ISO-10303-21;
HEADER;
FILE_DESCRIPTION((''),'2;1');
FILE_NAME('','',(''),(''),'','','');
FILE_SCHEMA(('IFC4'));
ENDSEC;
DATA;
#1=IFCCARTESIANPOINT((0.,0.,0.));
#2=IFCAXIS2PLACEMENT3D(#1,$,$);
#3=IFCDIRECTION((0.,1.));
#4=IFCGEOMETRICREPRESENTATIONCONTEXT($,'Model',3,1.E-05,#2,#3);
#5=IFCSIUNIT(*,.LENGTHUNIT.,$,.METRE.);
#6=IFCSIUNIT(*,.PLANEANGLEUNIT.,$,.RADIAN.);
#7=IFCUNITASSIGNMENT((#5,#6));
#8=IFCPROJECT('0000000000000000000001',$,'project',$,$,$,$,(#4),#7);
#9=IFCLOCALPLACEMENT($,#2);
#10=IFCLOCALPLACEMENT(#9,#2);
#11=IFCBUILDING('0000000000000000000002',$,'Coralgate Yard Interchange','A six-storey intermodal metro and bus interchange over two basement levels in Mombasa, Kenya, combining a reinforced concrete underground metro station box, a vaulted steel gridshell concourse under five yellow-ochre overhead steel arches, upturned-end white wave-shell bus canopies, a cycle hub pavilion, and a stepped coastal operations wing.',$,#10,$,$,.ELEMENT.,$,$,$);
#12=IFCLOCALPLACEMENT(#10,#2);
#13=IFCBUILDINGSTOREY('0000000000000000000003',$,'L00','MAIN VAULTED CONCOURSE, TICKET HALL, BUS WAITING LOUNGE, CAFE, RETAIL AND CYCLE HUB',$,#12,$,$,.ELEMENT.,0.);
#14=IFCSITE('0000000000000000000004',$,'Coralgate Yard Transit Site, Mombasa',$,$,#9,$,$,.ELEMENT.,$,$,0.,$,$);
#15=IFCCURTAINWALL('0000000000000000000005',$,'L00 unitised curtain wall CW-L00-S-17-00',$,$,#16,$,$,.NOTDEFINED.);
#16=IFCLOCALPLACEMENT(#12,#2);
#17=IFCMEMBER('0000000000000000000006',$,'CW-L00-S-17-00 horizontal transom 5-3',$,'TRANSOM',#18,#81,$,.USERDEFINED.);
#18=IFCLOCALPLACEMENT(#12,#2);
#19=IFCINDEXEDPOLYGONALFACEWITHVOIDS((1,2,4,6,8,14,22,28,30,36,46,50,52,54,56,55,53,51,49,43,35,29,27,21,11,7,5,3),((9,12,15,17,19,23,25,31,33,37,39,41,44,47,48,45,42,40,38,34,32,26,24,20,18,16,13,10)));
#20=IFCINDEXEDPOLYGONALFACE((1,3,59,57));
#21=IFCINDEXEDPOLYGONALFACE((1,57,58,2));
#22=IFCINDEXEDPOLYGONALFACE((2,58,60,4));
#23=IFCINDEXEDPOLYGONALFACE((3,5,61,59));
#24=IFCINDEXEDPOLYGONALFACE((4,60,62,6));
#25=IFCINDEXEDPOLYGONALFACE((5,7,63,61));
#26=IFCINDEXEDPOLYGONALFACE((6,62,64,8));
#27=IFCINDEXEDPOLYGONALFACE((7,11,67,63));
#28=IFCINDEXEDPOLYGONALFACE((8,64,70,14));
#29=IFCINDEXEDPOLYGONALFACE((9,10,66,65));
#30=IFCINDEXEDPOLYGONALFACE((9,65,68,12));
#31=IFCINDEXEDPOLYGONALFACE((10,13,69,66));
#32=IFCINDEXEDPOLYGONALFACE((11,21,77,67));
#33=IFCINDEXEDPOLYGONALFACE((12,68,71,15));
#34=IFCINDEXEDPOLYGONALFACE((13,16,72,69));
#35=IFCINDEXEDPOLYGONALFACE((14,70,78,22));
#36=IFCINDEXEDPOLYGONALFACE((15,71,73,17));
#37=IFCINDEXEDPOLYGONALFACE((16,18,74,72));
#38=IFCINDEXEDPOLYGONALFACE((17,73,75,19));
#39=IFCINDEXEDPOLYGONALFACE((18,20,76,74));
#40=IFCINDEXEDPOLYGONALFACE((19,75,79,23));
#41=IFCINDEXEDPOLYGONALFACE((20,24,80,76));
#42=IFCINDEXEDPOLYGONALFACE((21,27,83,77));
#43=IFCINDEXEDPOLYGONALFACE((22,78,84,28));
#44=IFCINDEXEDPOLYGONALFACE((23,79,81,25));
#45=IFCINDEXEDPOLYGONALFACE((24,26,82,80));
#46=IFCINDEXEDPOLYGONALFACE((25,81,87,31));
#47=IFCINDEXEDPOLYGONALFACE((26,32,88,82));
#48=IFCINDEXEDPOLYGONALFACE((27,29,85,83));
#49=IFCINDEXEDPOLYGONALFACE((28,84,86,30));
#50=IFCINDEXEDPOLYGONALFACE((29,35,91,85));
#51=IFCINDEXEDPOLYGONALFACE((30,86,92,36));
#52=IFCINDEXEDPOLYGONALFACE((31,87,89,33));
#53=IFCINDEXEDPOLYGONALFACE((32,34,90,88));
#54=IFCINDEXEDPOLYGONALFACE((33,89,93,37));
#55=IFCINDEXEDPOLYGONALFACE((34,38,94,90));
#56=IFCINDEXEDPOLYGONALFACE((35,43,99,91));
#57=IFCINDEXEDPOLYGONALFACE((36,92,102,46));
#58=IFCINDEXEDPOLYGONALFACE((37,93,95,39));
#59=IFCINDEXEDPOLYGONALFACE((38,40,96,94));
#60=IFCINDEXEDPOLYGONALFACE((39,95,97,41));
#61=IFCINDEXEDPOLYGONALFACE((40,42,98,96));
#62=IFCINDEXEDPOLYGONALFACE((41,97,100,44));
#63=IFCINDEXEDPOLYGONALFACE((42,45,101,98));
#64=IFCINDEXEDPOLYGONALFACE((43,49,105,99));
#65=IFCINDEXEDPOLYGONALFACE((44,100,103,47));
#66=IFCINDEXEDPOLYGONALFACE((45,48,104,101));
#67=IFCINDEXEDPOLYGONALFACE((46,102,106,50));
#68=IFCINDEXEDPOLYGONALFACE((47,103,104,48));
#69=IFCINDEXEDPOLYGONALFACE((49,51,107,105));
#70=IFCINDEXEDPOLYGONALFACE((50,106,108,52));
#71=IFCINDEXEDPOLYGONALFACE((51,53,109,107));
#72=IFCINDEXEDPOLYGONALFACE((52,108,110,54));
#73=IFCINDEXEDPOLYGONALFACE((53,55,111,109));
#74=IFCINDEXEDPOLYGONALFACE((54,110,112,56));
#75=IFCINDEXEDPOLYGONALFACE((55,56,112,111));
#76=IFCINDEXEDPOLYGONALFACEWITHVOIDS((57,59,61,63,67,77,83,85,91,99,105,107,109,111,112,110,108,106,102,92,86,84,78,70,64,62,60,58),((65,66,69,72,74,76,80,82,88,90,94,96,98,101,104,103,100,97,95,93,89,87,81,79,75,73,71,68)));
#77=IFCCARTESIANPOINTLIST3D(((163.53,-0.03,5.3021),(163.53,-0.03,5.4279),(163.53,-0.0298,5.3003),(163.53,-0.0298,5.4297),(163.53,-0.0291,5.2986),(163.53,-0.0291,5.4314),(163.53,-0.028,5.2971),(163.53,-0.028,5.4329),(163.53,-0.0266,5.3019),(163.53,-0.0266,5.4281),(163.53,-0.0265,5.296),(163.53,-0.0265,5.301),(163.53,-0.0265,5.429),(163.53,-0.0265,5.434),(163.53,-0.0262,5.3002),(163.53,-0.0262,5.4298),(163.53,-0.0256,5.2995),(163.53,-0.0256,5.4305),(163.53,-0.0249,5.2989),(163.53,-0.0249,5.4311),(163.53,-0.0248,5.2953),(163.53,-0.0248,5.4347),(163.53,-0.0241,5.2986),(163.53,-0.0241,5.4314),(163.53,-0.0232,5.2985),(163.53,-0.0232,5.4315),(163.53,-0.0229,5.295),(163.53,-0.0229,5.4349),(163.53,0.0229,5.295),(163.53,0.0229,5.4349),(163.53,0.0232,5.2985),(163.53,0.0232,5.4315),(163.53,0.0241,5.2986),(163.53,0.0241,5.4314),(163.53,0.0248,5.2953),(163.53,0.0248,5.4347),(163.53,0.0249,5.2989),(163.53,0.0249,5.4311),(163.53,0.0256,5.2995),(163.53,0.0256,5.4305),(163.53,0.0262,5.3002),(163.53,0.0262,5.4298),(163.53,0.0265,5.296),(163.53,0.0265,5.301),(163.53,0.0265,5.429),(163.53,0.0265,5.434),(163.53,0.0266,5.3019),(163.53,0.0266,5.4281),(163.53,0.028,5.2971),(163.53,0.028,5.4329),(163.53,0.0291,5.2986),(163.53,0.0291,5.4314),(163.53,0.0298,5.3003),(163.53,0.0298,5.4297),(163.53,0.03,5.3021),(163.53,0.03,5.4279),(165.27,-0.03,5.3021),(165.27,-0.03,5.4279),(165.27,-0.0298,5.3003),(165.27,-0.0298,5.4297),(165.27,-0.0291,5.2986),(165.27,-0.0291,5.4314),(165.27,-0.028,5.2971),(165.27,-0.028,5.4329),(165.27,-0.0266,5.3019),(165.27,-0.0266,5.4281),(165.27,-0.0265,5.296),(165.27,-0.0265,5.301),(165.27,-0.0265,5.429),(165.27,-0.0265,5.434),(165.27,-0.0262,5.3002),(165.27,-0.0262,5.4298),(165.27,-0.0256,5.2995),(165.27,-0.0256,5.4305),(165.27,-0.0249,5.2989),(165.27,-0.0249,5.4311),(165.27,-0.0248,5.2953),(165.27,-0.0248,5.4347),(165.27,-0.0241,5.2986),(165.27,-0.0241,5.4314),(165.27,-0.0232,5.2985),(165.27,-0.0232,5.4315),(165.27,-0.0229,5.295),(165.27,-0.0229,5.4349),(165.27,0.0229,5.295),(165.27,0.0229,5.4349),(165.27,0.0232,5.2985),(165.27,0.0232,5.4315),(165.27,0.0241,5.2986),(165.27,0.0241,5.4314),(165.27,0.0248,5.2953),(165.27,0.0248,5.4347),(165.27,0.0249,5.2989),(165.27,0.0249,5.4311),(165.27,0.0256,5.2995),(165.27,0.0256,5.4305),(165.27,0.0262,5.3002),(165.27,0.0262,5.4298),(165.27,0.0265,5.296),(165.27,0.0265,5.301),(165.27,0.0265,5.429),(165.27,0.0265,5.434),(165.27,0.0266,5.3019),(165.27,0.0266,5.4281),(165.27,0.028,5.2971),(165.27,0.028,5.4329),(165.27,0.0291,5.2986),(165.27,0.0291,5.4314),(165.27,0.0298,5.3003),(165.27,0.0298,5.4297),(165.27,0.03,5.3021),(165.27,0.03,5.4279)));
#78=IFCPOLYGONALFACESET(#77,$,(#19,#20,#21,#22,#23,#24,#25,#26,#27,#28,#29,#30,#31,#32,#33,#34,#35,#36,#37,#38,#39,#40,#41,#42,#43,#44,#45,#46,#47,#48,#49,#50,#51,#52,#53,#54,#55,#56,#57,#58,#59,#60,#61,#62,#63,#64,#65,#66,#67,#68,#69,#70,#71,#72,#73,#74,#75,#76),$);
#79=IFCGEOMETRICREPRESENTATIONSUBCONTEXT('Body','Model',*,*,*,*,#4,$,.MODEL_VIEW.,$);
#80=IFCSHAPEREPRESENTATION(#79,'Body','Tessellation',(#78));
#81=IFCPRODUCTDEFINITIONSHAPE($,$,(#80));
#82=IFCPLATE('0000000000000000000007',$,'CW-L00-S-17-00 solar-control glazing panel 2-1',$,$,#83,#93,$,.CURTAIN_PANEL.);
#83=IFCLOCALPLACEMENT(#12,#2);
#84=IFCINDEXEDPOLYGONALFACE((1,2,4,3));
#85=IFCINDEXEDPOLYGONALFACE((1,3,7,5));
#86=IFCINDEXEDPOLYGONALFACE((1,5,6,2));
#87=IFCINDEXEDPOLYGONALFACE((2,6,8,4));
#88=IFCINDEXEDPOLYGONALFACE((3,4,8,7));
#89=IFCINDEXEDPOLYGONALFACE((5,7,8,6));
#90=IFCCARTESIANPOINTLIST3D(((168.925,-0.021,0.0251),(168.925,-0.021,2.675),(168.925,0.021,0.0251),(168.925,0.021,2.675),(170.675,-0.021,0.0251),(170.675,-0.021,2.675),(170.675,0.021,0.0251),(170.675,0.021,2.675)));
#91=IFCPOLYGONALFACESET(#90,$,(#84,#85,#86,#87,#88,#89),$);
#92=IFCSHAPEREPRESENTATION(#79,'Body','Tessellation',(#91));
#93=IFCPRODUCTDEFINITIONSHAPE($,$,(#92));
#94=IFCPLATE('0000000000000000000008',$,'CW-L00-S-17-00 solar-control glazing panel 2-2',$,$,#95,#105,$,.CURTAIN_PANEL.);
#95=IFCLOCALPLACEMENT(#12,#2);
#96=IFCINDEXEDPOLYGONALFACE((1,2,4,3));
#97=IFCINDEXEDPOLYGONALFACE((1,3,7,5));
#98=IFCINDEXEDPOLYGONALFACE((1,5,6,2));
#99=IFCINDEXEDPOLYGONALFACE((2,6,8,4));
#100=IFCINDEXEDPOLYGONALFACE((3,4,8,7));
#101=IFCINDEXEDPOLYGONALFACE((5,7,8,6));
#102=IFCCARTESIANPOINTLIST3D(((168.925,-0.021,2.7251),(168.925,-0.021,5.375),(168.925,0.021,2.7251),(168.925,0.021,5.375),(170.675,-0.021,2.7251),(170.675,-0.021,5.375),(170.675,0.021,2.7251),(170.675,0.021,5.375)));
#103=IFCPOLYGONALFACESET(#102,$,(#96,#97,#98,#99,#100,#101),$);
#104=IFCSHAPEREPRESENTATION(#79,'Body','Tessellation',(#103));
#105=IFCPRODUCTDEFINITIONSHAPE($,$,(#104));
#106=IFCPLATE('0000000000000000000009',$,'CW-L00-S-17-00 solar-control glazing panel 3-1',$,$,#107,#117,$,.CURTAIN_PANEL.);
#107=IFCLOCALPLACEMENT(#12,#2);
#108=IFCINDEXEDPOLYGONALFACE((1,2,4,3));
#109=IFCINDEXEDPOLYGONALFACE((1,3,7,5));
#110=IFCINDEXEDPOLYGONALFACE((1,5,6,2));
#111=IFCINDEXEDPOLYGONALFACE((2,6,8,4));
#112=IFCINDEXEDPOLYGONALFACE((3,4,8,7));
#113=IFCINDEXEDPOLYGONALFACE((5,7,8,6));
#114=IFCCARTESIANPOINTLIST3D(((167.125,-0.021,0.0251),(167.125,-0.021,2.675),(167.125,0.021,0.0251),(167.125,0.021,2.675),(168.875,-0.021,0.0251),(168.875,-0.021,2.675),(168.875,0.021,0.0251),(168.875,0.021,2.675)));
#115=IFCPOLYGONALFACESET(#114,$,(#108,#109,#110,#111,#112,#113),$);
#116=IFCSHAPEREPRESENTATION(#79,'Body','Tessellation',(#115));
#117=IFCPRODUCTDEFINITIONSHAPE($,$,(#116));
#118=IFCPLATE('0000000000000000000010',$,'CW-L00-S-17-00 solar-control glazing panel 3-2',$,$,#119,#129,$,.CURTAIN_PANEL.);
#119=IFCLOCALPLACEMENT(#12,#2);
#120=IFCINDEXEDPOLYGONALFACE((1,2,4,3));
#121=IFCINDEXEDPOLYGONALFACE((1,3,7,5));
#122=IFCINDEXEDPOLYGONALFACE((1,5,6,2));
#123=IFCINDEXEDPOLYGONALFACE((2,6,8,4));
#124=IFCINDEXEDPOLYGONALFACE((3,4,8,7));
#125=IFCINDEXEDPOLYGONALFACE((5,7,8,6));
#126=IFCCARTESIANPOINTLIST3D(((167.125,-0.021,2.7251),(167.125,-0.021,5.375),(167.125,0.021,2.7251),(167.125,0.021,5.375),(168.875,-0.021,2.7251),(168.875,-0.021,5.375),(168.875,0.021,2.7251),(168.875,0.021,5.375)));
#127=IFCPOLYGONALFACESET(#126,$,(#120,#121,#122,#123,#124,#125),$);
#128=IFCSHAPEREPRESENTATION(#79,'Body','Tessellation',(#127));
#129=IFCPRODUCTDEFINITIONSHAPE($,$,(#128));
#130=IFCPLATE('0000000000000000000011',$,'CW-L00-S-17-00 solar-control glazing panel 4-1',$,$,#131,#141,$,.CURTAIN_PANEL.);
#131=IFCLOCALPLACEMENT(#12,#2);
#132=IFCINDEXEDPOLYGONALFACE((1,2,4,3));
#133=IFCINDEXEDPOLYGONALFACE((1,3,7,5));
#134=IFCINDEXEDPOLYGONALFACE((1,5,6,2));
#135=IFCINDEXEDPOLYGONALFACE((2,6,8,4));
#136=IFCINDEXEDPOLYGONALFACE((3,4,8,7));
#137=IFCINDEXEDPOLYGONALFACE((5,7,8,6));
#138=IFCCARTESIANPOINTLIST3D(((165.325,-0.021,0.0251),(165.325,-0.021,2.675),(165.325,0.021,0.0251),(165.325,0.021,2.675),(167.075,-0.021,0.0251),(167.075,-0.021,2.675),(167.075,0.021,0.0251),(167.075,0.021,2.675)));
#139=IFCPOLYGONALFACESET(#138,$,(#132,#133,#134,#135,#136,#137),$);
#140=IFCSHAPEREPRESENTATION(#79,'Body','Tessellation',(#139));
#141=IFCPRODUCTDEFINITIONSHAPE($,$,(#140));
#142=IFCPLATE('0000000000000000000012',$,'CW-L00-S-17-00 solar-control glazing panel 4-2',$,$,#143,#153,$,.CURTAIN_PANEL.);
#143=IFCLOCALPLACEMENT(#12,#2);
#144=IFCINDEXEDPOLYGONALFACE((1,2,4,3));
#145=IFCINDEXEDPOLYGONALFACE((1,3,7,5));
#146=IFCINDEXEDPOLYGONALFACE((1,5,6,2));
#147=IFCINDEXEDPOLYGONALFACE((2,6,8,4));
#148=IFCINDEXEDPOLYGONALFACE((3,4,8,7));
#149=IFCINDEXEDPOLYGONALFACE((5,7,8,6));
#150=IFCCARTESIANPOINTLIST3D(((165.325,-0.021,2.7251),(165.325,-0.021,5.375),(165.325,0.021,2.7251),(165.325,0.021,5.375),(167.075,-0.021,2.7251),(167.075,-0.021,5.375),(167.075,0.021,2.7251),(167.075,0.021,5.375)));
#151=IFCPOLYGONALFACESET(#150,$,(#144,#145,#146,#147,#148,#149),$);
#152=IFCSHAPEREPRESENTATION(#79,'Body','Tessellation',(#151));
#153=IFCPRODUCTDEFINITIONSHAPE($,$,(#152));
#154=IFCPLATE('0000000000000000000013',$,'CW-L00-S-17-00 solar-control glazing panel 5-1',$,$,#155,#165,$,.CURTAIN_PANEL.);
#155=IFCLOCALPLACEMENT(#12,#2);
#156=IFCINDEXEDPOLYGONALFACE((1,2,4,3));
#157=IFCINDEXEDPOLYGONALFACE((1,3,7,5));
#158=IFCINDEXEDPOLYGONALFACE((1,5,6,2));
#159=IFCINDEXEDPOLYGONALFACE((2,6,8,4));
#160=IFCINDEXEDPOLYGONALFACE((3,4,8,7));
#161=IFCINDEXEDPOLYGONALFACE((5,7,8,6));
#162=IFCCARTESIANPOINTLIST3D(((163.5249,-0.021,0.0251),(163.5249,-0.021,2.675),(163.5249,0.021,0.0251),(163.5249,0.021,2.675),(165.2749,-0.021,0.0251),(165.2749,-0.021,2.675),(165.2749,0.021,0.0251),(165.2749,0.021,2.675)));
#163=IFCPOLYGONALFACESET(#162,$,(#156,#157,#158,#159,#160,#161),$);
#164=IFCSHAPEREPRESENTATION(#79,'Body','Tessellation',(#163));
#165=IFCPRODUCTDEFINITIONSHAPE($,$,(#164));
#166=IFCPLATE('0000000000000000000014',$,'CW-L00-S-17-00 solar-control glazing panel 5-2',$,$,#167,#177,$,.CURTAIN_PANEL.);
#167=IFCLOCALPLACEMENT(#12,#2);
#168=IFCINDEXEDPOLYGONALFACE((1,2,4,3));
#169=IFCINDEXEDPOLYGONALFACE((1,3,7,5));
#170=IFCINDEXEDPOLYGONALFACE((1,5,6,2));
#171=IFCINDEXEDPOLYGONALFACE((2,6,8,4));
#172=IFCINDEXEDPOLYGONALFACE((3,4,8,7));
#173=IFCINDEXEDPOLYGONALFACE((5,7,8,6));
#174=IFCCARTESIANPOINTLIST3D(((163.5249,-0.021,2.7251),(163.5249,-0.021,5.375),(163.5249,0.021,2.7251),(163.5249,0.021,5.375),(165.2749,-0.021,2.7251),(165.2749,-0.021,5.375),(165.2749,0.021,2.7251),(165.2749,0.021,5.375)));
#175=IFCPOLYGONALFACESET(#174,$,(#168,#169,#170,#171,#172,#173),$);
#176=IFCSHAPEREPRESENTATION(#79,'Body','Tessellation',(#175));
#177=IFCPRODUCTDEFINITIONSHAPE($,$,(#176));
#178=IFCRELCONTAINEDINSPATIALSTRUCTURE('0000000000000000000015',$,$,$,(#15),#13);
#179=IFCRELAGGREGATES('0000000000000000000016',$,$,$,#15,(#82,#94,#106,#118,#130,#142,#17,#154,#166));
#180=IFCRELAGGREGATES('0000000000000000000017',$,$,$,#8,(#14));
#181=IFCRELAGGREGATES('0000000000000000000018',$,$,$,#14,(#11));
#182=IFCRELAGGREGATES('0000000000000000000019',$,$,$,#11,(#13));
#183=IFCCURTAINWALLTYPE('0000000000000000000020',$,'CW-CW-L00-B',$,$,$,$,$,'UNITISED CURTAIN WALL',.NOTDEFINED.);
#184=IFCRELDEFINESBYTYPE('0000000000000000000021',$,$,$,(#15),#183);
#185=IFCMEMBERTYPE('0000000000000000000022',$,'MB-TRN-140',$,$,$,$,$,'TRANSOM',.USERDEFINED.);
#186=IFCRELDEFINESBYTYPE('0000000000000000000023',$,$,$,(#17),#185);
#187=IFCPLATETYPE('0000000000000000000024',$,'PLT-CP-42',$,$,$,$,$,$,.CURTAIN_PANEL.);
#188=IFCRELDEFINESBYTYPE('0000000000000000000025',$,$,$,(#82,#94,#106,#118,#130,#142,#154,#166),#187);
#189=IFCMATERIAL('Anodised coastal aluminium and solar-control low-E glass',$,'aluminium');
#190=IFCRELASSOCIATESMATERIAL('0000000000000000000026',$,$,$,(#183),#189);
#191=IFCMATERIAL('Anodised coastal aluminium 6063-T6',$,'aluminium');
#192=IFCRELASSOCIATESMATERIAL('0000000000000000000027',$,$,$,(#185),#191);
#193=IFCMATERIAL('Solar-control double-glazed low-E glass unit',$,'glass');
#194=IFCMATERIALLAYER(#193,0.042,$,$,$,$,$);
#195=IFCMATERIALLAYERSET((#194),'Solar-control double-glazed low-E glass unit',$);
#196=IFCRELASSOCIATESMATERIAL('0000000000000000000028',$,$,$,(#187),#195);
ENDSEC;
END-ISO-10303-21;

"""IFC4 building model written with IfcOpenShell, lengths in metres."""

from ifc_helpers import new_model, si_unit, direction, frame, origin, origin_2d, place, context, subcontext, project, spatial, rectangle, hollow_rectangle, extrude, material, layer, layer_set, material_profile, profile_set, type_object, element, aggregate, save


model = new_model("IFC4")

# Units and contexts
model_context = context("Model", 3, precision=1e-05, world=origin(), true_north=direction((0.0, 1.0)))
body_context = subcontext(model_context, "Body", "Model", "MODEL_VIEW")
ifc_project = project(units=[si_unit("LENGTHUNIT", "METRE"), si_unit("PLANEANGLEUNIT", "RADIAN")], contexts=[model_context])

# Site, building, storey
site_placement = place(None, origin())
site = spatial("IfcSite", under=ifc_project, at=site_placement, Name="Coralgate Yard Transit Site, Mombasa", CompositionType="ELEMENT", RefElevation=0.0)
building_placement = place(site_placement, origin())
building = spatial("IfcBuilding", under=site, at=building_placement, Name="Coralgate Yard Interchange", Description="A six-storey intermodal metro and bus interchange over two basement levels in Mombasa, Kenya, combining a reinforced concrete underground metro station box, a vaulted steel gridshell concourse under five yellow-ochre overhead steel arches, upturned-end white wave-shell bus canopies, a cycle hub pavilion, and a stepped coastal operations wing.", CompositionType="ELEMENT")
storey_placement = place(building_placement, origin())
storey = spatial("IfcBuildingStorey", under=building, at=storey_placement, Name="L00", Description="MAIN VAULTED CONCOURSE, TICKET HALL, BUS WAITING LOUNGE, CAFE, RETAIL AND CYCLE HUB", CompositionType="ELEMENT", Elevation=0.0)

# Curtain wall, member, plates
ifc_material_1 = material(Name="Anodised coastal aluminium and solar-control low-E glass", Category="aluminium")
curtain_wall_type = type_object("IfcCurtainWallType", Name="CW-CW-L00-B", ElementType="UNITISED CURTAIN WALL", PredefinedType="NOTDEFINED", material=ifc_material_1)
curtain_wall_placement = place(storey_placement, origin())
curtain_wall = element("IfcCurtainWall", 1, at=curtain_wall_placement, inside=storey, type_object=curtain_wall_type, Name="L00 unitised curtain wall CW-L00-S-17-00", PredefinedType="NOTDEFINED")
ifc_material_2 = material(Name="Anodised coastal aluminium 6063-T6", Category="aluminium")
ifc_material_profile_1 = material_profile(ifc_material_2, hollow_rectangle(XDim=0.0601, YDim=0.1399, WallThickness=0.0034, InnerFilletRadius=0.0034, OuterFilletRadius=0.0071, at=origin_2d()), Name="ALU 60x140x3.5")
ifc_profile_set_1 = profile_set([ifc_material_profile_1], Name="Anodised coastal aluminium 6063-T6")
member_type_1 = type_object("IfcMemberType", Name="MB-TRN-140", ElementType="TRANSOM", PredefinedType="USERDEFINED", material=ifc_profile_set_1)
member_1_placement = place(storey_placement, frame((165.27, 0.0, 5.365), z_axis=(-1.0, 0.0, 0.0), x_axis=(0.0, -1.0, 0.0)))
member_1 = element("IfcMember", 2, at=member_1_placement, type_object=member_type_1, Name="CW-L00-S-17-00 horizontal transom 5-3", ObjectType="TRANSOM", PredefinedType="USERDEFINED", context=body_context, shape_type="SweptSolid", body=[
    extrude(hollow_rectangle(XDim=0.0601, YDim=0.1399, WallThickness=0.0034, InnerFilletRadius=0.0034, OuterFilletRadius=0.0071, at=origin_2d()), origin(), (0.0, 0.0, 1.0), 1.74),
])
ifc_material_3 = material(Name="Solar-control double-glazed low-E glass unit", Category="glass")
ifc_layer = layer(ifc_material_3, 0.042)
ifc_layer_set = layer_set([ifc_layer], Name="Solar-control double-glazed low-E glass unit")
plate_type = type_object("IfcPlateType", Name="PLT-CP-42", PredefinedType="CURTAIN_PANEL", material=ifc_layer_set)
plate_1_placement = place(storey_placement, frame((169.8, 0.0, 0.0251), z_axis=(0.0, 0.0, 1.0), x_axis=(-1.0, 0.0, 0.0)))
plate_1 = element("IfcPlate", 3, at=plate_1_placement, type_object=plate_type, Name="CW-L00-S-17-00 solar-control glazing panel 2-1", PredefinedType="CURTAIN_PANEL", context=body_context, shape_type="SweptSolid", body=[
    extrude(rectangle(XDim=1.75, YDim=0.042, at=origin_2d()), origin(), (0.0, 0.0, 1.0), 2.6499),
])
plate_2_placement = place(storey_placement, frame((169.8, 0.0, 2.7251), z_axis=(0.0, 0.0, 1.0), x_axis=(-1.0, 0.0, 0.0)))
plate_2 = element("IfcPlate", 4, at=plate_2_placement, type_object=plate_type, Name="CW-L00-S-17-00 solar-control glazing panel 2-2", PredefinedType="CURTAIN_PANEL", context=body_context, shape_type="SweptSolid", body=[
    extrude(rectangle(XDim=1.75, YDim=0.042, at=origin_2d()), origin(), (0.0, 0.0, 1.0), 2.6499),
])
plate_3_placement = place(storey_placement, frame((168.0, 0.0, 0.0251), z_axis=(0.0, 0.0, 1.0), x_axis=(-1.0, 0.0, 0.0)))
plate_3 = element("IfcPlate", 5, at=plate_3_placement, type_object=plate_type, Name="CW-L00-S-17-00 solar-control glazing panel 3-1", PredefinedType="CURTAIN_PANEL", context=body_context, shape_type="SweptSolid", body=[
    extrude(rectangle(XDim=1.75, YDim=0.042, at=origin_2d()), origin(), (0.0, 0.0, 1.0), 2.6499),
])
plate_4_placement = place(storey_placement, frame((168.0, 0.0, 2.7251), z_axis=(0.0, 0.0, 1.0), x_axis=(-1.0, 0.0, 0.0)))
plate_4 = element("IfcPlate", 6, at=plate_4_placement, type_object=plate_type, Name="CW-L00-S-17-00 solar-control glazing panel 3-2", PredefinedType="CURTAIN_PANEL", context=body_context, shape_type="SweptSolid", body=[
    extrude(rectangle(XDim=1.75, YDim=0.042, at=origin_2d()), origin(), (0.0, 0.0, 1.0), 2.6499),
])
plate_5_placement = place(storey_placement, frame((166.2, 0.0, 0.0251), z_axis=(0.0, 0.0, 1.0), x_axis=(-1.0, 0.0, 0.0)))
plate_5 = element("IfcPlate", 7, at=plate_5_placement, type_object=plate_type, Name="CW-L00-S-17-00 solar-control glazing panel 4-1", PredefinedType="CURTAIN_PANEL", context=body_context, shape_type="SweptSolid", body=[
    extrude(rectangle(XDim=1.75, YDim=0.042, at=origin_2d()), origin(), (0.0, 0.0, 1.0), 2.6499),
])
plate_6_placement = place(storey_placement, frame((166.2, 0.0, 2.7251), z_axis=(0.0, 0.0, 1.0), x_axis=(-1.0, 0.0, 0.0)))
plate_6 = element("IfcPlate", 8, at=plate_6_placement, type_object=plate_type, Name="CW-L00-S-17-00 solar-control glazing panel 4-2", PredefinedType="CURTAIN_PANEL", context=body_context, shape_type="SweptSolid", body=[
    extrude(rectangle(XDim=1.75, YDim=0.042, at=origin_2d()), origin(), (0.0, 0.0, 1.0), 2.6499),
])
plate_7_placement = place(storey_placement, frame((164.3999, 0.0, 0.0251), z_axis=(0.0, 0.0, 1.0), x_axis=(-1.0, 0.0, 0.0)))
plate_7 = element("IfcPlate", 9, at=plate_7_placement, type_object=plate_type, Name="CW-L00-S-17-00 solar-control glazing panel 5-1", PredefinedType="CURTAIN_PANEL", context=body_context, shape_type="SweptSolid", body=[
    extrude(rectangle(XDim=1.75, YDim=0.042, at=origin_2d()), origin(), (0.0, 0.0, 1.0), 2.6499),
])
plate_8_placement = place(storey_placement, frame((164.3999, 0.0, 2.7251), z_axis=(0.0, 0.0, 1.0), x_axis=(-1.0, 0.0, 0.0)))
plate_8 = element("IfcPlate", 10, at=plate_8_placement, type_object=plate_type, Name="CW-L00-S-17-00 solar-control glazing panel 5-2", PredefinedType="CURTAIN_PANEL", context=body_context, shape_type="SweptSolid", body=[
    extrude(rectangle(XDim=1.75, YDim=0.042, at=origin_2d()), origin(), (0.0, 0.0, 1.0), 2.6499),
])
aggregate(curtain_wall, [plate_1, plate_2, plate_3, plate_4, plate_5, plate_6, member_1, plate_7, plate_8])

save(model, "model.ifc")
